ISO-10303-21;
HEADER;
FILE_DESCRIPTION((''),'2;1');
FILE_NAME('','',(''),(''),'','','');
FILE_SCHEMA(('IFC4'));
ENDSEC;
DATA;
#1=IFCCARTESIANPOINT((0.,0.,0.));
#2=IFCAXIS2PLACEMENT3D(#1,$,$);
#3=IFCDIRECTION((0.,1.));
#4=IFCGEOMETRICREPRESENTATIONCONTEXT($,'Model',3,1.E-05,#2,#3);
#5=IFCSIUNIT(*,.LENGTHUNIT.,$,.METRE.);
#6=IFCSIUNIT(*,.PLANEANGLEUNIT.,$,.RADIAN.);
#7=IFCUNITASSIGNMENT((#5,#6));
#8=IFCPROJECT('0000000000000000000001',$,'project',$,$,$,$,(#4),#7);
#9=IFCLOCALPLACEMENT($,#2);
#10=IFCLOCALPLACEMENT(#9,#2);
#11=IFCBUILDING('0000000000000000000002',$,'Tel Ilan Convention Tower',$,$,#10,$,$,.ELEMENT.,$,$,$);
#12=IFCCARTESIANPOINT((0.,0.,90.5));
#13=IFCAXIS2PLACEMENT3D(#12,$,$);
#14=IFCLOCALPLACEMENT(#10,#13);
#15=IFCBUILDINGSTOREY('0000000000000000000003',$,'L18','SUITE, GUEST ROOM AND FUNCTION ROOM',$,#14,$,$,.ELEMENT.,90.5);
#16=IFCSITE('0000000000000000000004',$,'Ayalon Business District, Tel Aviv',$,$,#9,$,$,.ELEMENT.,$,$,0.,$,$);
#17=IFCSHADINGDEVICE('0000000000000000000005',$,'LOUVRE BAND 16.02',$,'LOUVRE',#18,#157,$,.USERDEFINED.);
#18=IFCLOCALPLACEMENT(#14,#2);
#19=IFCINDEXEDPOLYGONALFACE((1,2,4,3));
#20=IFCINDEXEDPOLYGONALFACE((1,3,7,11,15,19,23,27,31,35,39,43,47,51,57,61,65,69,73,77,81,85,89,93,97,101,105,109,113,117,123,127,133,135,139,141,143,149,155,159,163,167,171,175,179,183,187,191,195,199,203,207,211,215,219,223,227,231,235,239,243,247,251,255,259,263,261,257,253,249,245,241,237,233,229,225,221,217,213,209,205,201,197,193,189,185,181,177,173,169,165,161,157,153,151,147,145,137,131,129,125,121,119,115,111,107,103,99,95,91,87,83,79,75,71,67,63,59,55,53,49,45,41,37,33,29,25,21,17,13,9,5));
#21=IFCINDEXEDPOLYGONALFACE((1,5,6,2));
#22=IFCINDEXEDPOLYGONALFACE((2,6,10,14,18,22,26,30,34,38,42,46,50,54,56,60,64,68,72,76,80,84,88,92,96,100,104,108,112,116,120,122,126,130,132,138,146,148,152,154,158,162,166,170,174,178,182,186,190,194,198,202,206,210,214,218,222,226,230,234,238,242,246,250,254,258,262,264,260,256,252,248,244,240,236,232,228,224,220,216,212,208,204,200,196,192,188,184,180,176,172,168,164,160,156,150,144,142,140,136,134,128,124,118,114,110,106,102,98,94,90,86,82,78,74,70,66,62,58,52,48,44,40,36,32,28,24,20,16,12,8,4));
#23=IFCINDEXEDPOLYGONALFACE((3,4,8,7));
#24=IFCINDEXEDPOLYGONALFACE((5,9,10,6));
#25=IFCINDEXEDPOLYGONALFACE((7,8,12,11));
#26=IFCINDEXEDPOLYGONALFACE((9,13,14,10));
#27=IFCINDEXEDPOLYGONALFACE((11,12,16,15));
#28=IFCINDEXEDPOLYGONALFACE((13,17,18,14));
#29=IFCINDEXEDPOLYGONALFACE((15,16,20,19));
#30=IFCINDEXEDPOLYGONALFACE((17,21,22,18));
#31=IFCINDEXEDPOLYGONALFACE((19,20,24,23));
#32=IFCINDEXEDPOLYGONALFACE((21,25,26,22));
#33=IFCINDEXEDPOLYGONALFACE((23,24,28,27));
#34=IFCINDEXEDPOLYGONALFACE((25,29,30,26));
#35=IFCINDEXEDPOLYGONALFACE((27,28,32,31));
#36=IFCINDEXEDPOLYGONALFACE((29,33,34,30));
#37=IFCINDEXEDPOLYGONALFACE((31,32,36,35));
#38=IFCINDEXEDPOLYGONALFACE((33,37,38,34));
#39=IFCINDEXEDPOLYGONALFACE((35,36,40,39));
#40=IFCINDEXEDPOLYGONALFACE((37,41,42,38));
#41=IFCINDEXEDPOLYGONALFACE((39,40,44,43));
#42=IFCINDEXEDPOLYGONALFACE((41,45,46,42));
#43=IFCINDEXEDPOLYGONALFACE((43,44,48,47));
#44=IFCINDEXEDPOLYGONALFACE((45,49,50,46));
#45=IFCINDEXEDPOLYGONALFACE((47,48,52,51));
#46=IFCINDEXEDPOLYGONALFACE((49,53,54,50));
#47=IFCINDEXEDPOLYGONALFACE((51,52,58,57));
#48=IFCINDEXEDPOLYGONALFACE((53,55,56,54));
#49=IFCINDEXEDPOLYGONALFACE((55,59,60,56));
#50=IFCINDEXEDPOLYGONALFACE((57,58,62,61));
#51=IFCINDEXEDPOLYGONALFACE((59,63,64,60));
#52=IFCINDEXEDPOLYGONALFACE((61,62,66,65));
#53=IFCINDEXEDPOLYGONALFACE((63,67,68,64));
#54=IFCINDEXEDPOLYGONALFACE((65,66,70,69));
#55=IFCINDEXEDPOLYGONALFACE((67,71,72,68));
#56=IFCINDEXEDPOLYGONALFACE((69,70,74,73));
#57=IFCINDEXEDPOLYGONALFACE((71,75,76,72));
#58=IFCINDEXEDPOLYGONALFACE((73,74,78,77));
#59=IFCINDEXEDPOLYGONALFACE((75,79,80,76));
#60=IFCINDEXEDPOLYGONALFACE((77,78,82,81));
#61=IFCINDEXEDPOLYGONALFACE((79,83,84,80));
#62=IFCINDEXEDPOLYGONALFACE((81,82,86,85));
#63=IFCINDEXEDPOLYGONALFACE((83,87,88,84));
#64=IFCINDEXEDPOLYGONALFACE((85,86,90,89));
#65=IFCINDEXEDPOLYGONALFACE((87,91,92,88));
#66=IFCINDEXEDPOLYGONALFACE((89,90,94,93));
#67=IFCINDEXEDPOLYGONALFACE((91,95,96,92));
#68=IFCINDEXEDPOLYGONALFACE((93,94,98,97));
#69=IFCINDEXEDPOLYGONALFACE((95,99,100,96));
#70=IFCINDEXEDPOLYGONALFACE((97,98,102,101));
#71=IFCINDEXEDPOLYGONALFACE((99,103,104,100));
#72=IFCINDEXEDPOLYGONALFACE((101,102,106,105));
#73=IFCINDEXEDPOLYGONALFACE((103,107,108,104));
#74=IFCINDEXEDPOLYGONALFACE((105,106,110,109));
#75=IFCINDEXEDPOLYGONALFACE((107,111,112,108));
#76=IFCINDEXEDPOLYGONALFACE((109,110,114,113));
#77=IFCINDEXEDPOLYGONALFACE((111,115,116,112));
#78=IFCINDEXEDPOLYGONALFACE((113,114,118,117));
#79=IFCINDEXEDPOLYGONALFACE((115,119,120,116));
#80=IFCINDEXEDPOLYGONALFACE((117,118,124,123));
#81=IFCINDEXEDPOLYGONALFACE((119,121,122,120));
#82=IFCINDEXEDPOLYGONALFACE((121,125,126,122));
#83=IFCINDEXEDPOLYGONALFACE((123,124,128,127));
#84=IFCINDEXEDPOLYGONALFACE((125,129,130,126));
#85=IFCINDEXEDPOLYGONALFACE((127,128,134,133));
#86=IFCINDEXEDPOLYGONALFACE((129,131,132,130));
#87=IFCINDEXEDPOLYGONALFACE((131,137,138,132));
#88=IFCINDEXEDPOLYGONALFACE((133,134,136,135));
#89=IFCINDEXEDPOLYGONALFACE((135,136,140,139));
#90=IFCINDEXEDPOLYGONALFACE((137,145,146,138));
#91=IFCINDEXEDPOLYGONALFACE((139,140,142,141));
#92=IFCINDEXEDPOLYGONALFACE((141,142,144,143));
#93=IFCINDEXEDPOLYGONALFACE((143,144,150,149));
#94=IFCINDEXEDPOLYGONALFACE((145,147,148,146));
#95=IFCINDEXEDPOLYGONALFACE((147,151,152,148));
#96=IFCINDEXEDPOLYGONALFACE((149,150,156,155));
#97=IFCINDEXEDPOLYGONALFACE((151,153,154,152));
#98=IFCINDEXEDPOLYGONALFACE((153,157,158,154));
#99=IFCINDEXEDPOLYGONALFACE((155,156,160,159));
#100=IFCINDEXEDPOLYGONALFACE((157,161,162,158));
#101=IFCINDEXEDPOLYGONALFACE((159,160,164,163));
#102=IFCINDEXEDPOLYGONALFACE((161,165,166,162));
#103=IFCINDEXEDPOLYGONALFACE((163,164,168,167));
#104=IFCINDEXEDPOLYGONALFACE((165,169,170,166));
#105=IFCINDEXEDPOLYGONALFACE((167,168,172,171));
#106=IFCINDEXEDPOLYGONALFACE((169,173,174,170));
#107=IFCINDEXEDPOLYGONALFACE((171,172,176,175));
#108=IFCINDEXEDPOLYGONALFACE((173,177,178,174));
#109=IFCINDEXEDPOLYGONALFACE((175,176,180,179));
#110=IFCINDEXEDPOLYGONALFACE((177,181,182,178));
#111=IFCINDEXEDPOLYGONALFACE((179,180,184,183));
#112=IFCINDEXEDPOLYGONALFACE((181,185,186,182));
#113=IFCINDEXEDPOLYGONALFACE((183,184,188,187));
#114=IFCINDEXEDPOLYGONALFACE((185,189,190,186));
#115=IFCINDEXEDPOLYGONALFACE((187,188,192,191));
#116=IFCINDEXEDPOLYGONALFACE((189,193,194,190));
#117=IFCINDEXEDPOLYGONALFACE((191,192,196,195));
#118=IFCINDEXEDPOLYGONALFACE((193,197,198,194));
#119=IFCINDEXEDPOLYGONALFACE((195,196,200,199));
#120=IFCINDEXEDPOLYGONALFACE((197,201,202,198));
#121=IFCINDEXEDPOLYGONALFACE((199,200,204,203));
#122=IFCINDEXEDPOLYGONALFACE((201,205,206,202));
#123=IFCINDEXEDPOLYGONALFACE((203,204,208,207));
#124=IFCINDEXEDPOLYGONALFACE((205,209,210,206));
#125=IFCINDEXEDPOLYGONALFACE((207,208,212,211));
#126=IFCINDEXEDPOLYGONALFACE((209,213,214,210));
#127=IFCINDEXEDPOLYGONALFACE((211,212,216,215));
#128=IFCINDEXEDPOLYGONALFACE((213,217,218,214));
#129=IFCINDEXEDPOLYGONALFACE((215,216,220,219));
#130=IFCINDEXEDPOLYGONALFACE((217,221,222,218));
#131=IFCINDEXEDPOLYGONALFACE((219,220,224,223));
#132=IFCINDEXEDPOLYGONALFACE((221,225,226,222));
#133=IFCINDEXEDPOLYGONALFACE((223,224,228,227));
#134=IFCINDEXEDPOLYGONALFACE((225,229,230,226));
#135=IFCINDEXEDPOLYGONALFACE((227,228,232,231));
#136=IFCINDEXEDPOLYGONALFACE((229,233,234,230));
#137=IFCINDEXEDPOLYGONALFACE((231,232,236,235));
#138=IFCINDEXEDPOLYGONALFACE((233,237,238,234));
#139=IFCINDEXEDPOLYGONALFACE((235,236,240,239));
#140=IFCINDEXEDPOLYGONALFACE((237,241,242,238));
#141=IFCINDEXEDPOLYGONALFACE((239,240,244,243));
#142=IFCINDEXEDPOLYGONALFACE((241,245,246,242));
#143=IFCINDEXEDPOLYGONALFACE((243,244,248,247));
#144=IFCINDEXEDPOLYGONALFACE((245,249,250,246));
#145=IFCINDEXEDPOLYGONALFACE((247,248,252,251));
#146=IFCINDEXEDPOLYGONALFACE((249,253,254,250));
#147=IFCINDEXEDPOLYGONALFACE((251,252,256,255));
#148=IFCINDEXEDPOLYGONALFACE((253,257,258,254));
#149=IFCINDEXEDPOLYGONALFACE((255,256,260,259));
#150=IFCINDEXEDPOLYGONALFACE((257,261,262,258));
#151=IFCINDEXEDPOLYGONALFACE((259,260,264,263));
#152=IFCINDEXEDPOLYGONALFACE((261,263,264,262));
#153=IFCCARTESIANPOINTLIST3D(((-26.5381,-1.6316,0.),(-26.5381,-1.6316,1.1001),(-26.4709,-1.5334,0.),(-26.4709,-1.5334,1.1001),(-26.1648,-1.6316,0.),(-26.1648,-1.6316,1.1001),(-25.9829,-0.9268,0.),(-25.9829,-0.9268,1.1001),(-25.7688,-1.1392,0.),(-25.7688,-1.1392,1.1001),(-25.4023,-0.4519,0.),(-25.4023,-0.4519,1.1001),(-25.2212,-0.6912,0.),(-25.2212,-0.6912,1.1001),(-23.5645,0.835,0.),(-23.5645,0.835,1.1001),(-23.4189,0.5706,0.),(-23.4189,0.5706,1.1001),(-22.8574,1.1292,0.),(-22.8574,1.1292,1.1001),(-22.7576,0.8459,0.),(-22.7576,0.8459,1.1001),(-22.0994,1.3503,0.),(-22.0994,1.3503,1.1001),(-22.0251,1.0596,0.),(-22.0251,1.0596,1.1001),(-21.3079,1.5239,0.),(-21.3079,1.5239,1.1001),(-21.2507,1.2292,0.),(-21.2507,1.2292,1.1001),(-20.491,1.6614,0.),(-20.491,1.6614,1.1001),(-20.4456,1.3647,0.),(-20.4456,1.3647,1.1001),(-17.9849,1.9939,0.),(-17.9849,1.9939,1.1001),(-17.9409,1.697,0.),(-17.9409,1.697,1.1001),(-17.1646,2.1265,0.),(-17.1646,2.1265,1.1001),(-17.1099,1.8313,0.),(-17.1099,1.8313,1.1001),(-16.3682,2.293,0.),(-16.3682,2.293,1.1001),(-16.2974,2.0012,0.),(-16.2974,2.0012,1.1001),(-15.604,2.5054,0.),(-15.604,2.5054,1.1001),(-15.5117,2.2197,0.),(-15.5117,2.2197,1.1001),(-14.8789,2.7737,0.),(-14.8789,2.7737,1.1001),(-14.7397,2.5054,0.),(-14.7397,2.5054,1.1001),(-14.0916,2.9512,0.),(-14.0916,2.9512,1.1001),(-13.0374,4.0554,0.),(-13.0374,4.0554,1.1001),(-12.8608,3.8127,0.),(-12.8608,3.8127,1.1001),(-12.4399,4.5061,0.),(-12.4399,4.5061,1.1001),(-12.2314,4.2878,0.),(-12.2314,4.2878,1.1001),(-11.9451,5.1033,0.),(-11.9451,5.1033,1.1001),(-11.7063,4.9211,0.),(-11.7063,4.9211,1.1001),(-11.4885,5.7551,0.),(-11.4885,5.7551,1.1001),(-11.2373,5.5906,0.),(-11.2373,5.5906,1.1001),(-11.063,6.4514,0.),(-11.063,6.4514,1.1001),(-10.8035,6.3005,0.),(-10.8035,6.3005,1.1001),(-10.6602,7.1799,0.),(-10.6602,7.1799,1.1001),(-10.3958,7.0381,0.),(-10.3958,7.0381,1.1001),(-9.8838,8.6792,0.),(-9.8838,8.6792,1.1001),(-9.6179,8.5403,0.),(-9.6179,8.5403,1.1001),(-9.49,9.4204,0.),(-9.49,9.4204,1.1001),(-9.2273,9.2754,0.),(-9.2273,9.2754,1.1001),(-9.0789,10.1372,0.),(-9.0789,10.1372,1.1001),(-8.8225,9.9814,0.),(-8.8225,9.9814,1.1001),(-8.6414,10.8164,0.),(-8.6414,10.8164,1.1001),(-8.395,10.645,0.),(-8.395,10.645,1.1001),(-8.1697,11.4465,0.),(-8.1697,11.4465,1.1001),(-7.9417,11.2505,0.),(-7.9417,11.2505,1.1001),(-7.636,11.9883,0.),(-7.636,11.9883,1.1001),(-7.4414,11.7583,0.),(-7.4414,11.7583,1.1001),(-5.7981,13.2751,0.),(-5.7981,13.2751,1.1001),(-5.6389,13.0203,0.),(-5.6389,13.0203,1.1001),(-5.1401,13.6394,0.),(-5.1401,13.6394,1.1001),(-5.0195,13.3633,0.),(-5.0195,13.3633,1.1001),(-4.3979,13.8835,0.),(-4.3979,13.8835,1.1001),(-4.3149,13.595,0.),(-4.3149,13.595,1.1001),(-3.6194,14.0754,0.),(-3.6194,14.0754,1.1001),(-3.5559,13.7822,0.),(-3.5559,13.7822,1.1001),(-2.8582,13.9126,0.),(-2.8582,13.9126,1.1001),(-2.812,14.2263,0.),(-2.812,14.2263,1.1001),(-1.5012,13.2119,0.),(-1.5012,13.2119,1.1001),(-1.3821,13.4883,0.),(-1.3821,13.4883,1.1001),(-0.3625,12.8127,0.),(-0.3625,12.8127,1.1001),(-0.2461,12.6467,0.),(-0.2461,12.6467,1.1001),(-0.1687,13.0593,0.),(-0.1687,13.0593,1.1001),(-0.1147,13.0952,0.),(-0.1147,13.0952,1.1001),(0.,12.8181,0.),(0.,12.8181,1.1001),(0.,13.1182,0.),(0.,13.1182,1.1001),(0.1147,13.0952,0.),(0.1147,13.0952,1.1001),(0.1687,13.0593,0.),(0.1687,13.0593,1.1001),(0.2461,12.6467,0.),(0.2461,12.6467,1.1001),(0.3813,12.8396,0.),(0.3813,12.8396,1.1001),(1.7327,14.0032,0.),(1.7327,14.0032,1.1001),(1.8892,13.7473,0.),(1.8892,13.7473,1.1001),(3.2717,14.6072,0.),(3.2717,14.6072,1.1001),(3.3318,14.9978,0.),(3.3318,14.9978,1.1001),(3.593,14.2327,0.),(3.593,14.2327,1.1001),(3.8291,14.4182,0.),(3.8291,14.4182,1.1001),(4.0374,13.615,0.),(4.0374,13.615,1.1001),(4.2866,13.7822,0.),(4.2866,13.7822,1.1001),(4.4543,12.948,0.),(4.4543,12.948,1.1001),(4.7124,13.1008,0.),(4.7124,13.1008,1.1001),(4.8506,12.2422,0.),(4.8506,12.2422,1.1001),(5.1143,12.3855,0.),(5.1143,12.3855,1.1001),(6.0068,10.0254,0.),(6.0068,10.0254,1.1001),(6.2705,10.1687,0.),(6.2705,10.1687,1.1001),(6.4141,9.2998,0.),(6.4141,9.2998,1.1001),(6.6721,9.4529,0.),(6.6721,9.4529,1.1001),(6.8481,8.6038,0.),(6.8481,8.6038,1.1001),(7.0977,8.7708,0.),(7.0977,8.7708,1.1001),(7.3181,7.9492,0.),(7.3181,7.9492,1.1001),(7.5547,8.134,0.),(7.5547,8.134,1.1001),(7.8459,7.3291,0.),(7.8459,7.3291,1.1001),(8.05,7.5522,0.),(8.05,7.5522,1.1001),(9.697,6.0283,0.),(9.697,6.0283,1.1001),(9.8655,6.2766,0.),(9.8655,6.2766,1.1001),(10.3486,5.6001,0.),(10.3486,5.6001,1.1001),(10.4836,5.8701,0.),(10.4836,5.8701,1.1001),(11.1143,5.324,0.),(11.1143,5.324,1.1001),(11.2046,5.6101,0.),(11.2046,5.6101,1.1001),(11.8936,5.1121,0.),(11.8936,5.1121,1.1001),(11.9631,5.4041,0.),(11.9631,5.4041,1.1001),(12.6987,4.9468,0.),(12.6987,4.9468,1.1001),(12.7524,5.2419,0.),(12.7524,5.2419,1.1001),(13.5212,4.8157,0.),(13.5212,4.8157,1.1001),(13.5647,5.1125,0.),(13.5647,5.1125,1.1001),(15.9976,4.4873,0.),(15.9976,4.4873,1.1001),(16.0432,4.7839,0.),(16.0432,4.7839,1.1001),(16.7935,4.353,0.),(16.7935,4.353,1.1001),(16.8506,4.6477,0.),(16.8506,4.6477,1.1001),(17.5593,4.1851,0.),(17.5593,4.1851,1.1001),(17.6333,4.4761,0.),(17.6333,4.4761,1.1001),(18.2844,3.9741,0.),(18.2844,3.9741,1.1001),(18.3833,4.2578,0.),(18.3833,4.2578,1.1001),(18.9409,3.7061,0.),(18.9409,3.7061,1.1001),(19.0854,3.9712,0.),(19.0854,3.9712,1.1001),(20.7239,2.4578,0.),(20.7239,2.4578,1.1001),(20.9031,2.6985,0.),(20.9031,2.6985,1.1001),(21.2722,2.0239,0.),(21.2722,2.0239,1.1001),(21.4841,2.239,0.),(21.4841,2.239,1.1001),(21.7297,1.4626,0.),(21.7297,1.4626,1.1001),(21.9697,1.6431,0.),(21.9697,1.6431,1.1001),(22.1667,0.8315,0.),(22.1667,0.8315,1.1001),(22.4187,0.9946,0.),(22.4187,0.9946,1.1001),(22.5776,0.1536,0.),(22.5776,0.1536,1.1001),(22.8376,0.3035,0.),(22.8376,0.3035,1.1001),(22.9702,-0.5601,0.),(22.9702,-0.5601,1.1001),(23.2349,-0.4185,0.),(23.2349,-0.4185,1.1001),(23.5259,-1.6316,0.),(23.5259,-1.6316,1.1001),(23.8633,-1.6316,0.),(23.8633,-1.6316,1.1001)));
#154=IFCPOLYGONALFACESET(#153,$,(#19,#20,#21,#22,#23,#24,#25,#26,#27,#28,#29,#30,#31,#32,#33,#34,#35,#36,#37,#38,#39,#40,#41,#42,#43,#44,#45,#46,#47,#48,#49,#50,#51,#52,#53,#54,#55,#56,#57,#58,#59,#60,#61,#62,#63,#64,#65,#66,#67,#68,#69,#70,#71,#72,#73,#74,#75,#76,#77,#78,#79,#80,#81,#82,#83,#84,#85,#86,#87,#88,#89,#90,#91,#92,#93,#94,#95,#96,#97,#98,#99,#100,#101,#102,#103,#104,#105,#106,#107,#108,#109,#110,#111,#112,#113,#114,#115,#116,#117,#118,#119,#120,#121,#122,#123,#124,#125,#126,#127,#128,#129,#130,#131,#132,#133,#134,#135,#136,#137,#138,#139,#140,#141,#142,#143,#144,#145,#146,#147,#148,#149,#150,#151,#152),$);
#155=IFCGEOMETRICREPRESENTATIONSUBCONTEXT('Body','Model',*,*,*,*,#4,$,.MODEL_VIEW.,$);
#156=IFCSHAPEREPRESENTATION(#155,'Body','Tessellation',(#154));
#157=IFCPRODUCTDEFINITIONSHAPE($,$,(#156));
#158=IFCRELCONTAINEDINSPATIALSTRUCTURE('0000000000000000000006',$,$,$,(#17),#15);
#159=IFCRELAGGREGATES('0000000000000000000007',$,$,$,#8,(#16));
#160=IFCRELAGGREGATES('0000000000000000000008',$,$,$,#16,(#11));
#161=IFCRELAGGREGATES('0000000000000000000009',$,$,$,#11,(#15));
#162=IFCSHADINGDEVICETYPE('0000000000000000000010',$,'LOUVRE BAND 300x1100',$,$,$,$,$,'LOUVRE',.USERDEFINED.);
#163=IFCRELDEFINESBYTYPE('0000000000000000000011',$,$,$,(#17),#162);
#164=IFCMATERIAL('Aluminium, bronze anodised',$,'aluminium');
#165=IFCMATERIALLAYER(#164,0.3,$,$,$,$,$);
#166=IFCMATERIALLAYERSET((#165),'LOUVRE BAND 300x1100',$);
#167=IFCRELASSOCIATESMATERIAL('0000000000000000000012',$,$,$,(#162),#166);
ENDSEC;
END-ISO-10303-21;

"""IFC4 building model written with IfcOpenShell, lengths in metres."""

from ifc_helpers import new_model, si_unit, direction, frame, origin, place, context, subcontext, project, spatial, polyline, outline, extrude, material, layer, layer_set, type_object, element, save


model = new_model("IFC4")

# Units and contexts
model_context = context("Model", 3, precision=1e-05, world=origin(), true_north=direction((0.0, 1.0)))
body_context = subcontext(model_context, "Body", "Model", "MODEL_VIEW")
ifc_project = project(units=[si_unit("LENGTHUNIT", "METRE"), si_unit("PLANEANGLEUNIT", "RADIAN")], contexts=[model_context])

# Site, building, storey
site_placement = place(None, origin())
site = spatial("IfcSite", under=ifc_project, at=site_placement, Name="Ayalon Business District, Tel Aviv", CompositionType="ELEMENT", RefElevation=0.0)
building_placement = place(site_placement, origin())
building = spatial("IfcBuilding", under=site, at=building_placement, Name="Tel Ilan Convention Tower", CompositionType="ELEMENT")
storey_placement = place(building_placement, frame((0.0, 0.0, 90.5)))
storey = spatial("IfcBuildingStorey", under=building, at=storey_placement, Name="L18", Description="SUITE, GUEST ROOM AND FUNCTION ROOM", CompositionType="ELEMENT", Elevation=90.5)

# Shading device
ifc_material_1 = material(Name="Aluminium, bronze anodised", Category="aluminium")
ifc_layer_1 = layer(ifc_material_1, 0.3)
ifc_layer_set_1 = layer_set([ifc_layer_1], Name="LOUVRE BAND 300x1100")
shading_device_type_1 = type_object("IfcShadingDeviceType", Name="LOUVRE BAND 300x1100", ElementType="LOUVRE", PredefinedType="USERDEFINED", material=ifc_layer_set_1)
shading_device_1_placement = place(storey_placement, origin())
element("IfcShadingDevice", 1, at=shading_device_1_placement, inside=storey, type_object=shading_device_type_1, Name="LOUVRE BAND 16.02", ObjectType="LOUVRE", PredefinedType="USERDEFINED", context=body_context, shape_type="SweptSolid", body=[
    extrude(outline(polyline([(-26.4709, -1.5334), (-26.5381, -1.6316), (-26.1648, -1.6316), (-25.7688, -1.1392), (-25.2212, -0.6912), (-23.4189, 0.5706), (-22.7576, 0.8459), (-22.0251, 1.0596), (-21.2507, 1.2292), (-20.4456, 1.3647), (-17.9409, 1.697), (-17.1099, 1.8313), (-16.2974, 2.0012), (-15.5117, 2.2197), (-14.7397, 2.5054), (-14.0916, 2.9512), (-12.8608, 3.8127), (-12.2314, 4.2878), (-11.7063, 4.9211), (-11.2373, 5.5906), (-10.8035, 6.3005), (-10.3958, 7.0381), (-9.6179, 8.5403), (-9.2273, 9.2754), (-8.8225, 9.9814), (-8.395, 10.645), (-7.9417, 11.2505), (-7.4414, 11.7583), (-5.6389, 13.0203), (-5.0195, 13.3633), (-4.3149, 13.595), (-3.5559, 13.7822), (-2.8582, 13.9126), (-1.5012, 13.2119), (-0.3625, 12.8127), (-0.2461, 12.6467), (0.0, 12.8181), (0.2461, 12.6467), (0.3813, 12.8396), (1.8892, 13.7473), (3.2717, 14.6072), (3.593, 14.2327), (4.0374, 13.615), (4.4543, 12.948), (4.8506, 12.2422), (6.0068, 10.0254), (6.4141, 9.2998), (6.8481, 8.6038), (7.3181, 7.9492), (7.8459, 7.3291), (9.697, 6.0283), (10.3486, 5.6001), (11.1143, 5.324), (11.8936, 5.1121), (12.6987, 4.9468), (13.5212, 4.8157), (15.9976, 4.4873), (16.7935, 4.353), (17.5593, 4.1851), (18.2844, 3.9741), (18.9409, 3.7061), (20.7239, 2.4578), (21.2722, 2.0239), (21.7297, 1.4626), (22.1667, 0.8315), (22.5776, 0.1536), (22.9702, -0.5601), (23.5259, -1.6316), (23.8633, -1.6316), (23.2349, -0.4185), (22.8376, 0.3035), (22.4187, 0.9946), (21.9697, 1.6431), (21.4841, 2.239), (20.9031, 2.6985), (19.0854, 3.9712), (18.3833, 4.2578), (17.6333, 4.4761), (16.8506, 4.6477), (16.0432, 4.7839), (13.5647, 5.1125), (12.7524, 5.2419), (11.9631, 5.4041), (11.2046, 5.6101), (10.4836, 5.8701), (9.8655, 6.2766), (8.05, 7.5522), (7.5547, 8.134), (7.0977, 8.7708), (6.6721, 9.4529), (6.2705, 10.1687), (5.1143, 12.3855), (4.7124, 13.1008), (4.2866, 13.7822), (3.8291, 14.4182), (3.3318, 14.9978), (1.7327, 14.0032), (0.1687, 13.0593), (0.1147, 13.0952), (0.0, 13.1182), (-0.1147, 13.0952), (-0.1687, 13.0593), (-1.3821, 13.4883), (-2.812, 14.2263), (-3.6194, 14.0754), (-4.3979, 13.8835), (-5.1401, 13.6394), (-5.7981, 13.2751), (-7.636, 11.9883), (-8.1697, 11.4465), (-8.6414, 10.8164), (-9.0789, 10.1372), (-9.49, 9.4204), (-9.8838, 8.6792), (-10.6602, 7.1799), (-11.063, 6.4514), (-11.4885, 5.7551), (-11.9451, 5.1033), (-12.4399, 4.5061), (-13.0374, 4.0554), (-14.8789, 2.7737), (-15.604, 2.5054), (-16.3682, 2.293), (-17.1646, 2.1265), (-17.9849, 1.9939), (-20.491, 1.6614), (-21.3079, 1.5239), (-22.0994, 1.3503), (-22.8574, 1.1292), (-23.5645, 0.835), (-25.4023, -0.4519), (-25.9829, -0.9268), (-26.4709, -1.5334)])), origin(), (0.0, 0.0, 1.0), 1.1001),
])

save(model, "model.ifc")
